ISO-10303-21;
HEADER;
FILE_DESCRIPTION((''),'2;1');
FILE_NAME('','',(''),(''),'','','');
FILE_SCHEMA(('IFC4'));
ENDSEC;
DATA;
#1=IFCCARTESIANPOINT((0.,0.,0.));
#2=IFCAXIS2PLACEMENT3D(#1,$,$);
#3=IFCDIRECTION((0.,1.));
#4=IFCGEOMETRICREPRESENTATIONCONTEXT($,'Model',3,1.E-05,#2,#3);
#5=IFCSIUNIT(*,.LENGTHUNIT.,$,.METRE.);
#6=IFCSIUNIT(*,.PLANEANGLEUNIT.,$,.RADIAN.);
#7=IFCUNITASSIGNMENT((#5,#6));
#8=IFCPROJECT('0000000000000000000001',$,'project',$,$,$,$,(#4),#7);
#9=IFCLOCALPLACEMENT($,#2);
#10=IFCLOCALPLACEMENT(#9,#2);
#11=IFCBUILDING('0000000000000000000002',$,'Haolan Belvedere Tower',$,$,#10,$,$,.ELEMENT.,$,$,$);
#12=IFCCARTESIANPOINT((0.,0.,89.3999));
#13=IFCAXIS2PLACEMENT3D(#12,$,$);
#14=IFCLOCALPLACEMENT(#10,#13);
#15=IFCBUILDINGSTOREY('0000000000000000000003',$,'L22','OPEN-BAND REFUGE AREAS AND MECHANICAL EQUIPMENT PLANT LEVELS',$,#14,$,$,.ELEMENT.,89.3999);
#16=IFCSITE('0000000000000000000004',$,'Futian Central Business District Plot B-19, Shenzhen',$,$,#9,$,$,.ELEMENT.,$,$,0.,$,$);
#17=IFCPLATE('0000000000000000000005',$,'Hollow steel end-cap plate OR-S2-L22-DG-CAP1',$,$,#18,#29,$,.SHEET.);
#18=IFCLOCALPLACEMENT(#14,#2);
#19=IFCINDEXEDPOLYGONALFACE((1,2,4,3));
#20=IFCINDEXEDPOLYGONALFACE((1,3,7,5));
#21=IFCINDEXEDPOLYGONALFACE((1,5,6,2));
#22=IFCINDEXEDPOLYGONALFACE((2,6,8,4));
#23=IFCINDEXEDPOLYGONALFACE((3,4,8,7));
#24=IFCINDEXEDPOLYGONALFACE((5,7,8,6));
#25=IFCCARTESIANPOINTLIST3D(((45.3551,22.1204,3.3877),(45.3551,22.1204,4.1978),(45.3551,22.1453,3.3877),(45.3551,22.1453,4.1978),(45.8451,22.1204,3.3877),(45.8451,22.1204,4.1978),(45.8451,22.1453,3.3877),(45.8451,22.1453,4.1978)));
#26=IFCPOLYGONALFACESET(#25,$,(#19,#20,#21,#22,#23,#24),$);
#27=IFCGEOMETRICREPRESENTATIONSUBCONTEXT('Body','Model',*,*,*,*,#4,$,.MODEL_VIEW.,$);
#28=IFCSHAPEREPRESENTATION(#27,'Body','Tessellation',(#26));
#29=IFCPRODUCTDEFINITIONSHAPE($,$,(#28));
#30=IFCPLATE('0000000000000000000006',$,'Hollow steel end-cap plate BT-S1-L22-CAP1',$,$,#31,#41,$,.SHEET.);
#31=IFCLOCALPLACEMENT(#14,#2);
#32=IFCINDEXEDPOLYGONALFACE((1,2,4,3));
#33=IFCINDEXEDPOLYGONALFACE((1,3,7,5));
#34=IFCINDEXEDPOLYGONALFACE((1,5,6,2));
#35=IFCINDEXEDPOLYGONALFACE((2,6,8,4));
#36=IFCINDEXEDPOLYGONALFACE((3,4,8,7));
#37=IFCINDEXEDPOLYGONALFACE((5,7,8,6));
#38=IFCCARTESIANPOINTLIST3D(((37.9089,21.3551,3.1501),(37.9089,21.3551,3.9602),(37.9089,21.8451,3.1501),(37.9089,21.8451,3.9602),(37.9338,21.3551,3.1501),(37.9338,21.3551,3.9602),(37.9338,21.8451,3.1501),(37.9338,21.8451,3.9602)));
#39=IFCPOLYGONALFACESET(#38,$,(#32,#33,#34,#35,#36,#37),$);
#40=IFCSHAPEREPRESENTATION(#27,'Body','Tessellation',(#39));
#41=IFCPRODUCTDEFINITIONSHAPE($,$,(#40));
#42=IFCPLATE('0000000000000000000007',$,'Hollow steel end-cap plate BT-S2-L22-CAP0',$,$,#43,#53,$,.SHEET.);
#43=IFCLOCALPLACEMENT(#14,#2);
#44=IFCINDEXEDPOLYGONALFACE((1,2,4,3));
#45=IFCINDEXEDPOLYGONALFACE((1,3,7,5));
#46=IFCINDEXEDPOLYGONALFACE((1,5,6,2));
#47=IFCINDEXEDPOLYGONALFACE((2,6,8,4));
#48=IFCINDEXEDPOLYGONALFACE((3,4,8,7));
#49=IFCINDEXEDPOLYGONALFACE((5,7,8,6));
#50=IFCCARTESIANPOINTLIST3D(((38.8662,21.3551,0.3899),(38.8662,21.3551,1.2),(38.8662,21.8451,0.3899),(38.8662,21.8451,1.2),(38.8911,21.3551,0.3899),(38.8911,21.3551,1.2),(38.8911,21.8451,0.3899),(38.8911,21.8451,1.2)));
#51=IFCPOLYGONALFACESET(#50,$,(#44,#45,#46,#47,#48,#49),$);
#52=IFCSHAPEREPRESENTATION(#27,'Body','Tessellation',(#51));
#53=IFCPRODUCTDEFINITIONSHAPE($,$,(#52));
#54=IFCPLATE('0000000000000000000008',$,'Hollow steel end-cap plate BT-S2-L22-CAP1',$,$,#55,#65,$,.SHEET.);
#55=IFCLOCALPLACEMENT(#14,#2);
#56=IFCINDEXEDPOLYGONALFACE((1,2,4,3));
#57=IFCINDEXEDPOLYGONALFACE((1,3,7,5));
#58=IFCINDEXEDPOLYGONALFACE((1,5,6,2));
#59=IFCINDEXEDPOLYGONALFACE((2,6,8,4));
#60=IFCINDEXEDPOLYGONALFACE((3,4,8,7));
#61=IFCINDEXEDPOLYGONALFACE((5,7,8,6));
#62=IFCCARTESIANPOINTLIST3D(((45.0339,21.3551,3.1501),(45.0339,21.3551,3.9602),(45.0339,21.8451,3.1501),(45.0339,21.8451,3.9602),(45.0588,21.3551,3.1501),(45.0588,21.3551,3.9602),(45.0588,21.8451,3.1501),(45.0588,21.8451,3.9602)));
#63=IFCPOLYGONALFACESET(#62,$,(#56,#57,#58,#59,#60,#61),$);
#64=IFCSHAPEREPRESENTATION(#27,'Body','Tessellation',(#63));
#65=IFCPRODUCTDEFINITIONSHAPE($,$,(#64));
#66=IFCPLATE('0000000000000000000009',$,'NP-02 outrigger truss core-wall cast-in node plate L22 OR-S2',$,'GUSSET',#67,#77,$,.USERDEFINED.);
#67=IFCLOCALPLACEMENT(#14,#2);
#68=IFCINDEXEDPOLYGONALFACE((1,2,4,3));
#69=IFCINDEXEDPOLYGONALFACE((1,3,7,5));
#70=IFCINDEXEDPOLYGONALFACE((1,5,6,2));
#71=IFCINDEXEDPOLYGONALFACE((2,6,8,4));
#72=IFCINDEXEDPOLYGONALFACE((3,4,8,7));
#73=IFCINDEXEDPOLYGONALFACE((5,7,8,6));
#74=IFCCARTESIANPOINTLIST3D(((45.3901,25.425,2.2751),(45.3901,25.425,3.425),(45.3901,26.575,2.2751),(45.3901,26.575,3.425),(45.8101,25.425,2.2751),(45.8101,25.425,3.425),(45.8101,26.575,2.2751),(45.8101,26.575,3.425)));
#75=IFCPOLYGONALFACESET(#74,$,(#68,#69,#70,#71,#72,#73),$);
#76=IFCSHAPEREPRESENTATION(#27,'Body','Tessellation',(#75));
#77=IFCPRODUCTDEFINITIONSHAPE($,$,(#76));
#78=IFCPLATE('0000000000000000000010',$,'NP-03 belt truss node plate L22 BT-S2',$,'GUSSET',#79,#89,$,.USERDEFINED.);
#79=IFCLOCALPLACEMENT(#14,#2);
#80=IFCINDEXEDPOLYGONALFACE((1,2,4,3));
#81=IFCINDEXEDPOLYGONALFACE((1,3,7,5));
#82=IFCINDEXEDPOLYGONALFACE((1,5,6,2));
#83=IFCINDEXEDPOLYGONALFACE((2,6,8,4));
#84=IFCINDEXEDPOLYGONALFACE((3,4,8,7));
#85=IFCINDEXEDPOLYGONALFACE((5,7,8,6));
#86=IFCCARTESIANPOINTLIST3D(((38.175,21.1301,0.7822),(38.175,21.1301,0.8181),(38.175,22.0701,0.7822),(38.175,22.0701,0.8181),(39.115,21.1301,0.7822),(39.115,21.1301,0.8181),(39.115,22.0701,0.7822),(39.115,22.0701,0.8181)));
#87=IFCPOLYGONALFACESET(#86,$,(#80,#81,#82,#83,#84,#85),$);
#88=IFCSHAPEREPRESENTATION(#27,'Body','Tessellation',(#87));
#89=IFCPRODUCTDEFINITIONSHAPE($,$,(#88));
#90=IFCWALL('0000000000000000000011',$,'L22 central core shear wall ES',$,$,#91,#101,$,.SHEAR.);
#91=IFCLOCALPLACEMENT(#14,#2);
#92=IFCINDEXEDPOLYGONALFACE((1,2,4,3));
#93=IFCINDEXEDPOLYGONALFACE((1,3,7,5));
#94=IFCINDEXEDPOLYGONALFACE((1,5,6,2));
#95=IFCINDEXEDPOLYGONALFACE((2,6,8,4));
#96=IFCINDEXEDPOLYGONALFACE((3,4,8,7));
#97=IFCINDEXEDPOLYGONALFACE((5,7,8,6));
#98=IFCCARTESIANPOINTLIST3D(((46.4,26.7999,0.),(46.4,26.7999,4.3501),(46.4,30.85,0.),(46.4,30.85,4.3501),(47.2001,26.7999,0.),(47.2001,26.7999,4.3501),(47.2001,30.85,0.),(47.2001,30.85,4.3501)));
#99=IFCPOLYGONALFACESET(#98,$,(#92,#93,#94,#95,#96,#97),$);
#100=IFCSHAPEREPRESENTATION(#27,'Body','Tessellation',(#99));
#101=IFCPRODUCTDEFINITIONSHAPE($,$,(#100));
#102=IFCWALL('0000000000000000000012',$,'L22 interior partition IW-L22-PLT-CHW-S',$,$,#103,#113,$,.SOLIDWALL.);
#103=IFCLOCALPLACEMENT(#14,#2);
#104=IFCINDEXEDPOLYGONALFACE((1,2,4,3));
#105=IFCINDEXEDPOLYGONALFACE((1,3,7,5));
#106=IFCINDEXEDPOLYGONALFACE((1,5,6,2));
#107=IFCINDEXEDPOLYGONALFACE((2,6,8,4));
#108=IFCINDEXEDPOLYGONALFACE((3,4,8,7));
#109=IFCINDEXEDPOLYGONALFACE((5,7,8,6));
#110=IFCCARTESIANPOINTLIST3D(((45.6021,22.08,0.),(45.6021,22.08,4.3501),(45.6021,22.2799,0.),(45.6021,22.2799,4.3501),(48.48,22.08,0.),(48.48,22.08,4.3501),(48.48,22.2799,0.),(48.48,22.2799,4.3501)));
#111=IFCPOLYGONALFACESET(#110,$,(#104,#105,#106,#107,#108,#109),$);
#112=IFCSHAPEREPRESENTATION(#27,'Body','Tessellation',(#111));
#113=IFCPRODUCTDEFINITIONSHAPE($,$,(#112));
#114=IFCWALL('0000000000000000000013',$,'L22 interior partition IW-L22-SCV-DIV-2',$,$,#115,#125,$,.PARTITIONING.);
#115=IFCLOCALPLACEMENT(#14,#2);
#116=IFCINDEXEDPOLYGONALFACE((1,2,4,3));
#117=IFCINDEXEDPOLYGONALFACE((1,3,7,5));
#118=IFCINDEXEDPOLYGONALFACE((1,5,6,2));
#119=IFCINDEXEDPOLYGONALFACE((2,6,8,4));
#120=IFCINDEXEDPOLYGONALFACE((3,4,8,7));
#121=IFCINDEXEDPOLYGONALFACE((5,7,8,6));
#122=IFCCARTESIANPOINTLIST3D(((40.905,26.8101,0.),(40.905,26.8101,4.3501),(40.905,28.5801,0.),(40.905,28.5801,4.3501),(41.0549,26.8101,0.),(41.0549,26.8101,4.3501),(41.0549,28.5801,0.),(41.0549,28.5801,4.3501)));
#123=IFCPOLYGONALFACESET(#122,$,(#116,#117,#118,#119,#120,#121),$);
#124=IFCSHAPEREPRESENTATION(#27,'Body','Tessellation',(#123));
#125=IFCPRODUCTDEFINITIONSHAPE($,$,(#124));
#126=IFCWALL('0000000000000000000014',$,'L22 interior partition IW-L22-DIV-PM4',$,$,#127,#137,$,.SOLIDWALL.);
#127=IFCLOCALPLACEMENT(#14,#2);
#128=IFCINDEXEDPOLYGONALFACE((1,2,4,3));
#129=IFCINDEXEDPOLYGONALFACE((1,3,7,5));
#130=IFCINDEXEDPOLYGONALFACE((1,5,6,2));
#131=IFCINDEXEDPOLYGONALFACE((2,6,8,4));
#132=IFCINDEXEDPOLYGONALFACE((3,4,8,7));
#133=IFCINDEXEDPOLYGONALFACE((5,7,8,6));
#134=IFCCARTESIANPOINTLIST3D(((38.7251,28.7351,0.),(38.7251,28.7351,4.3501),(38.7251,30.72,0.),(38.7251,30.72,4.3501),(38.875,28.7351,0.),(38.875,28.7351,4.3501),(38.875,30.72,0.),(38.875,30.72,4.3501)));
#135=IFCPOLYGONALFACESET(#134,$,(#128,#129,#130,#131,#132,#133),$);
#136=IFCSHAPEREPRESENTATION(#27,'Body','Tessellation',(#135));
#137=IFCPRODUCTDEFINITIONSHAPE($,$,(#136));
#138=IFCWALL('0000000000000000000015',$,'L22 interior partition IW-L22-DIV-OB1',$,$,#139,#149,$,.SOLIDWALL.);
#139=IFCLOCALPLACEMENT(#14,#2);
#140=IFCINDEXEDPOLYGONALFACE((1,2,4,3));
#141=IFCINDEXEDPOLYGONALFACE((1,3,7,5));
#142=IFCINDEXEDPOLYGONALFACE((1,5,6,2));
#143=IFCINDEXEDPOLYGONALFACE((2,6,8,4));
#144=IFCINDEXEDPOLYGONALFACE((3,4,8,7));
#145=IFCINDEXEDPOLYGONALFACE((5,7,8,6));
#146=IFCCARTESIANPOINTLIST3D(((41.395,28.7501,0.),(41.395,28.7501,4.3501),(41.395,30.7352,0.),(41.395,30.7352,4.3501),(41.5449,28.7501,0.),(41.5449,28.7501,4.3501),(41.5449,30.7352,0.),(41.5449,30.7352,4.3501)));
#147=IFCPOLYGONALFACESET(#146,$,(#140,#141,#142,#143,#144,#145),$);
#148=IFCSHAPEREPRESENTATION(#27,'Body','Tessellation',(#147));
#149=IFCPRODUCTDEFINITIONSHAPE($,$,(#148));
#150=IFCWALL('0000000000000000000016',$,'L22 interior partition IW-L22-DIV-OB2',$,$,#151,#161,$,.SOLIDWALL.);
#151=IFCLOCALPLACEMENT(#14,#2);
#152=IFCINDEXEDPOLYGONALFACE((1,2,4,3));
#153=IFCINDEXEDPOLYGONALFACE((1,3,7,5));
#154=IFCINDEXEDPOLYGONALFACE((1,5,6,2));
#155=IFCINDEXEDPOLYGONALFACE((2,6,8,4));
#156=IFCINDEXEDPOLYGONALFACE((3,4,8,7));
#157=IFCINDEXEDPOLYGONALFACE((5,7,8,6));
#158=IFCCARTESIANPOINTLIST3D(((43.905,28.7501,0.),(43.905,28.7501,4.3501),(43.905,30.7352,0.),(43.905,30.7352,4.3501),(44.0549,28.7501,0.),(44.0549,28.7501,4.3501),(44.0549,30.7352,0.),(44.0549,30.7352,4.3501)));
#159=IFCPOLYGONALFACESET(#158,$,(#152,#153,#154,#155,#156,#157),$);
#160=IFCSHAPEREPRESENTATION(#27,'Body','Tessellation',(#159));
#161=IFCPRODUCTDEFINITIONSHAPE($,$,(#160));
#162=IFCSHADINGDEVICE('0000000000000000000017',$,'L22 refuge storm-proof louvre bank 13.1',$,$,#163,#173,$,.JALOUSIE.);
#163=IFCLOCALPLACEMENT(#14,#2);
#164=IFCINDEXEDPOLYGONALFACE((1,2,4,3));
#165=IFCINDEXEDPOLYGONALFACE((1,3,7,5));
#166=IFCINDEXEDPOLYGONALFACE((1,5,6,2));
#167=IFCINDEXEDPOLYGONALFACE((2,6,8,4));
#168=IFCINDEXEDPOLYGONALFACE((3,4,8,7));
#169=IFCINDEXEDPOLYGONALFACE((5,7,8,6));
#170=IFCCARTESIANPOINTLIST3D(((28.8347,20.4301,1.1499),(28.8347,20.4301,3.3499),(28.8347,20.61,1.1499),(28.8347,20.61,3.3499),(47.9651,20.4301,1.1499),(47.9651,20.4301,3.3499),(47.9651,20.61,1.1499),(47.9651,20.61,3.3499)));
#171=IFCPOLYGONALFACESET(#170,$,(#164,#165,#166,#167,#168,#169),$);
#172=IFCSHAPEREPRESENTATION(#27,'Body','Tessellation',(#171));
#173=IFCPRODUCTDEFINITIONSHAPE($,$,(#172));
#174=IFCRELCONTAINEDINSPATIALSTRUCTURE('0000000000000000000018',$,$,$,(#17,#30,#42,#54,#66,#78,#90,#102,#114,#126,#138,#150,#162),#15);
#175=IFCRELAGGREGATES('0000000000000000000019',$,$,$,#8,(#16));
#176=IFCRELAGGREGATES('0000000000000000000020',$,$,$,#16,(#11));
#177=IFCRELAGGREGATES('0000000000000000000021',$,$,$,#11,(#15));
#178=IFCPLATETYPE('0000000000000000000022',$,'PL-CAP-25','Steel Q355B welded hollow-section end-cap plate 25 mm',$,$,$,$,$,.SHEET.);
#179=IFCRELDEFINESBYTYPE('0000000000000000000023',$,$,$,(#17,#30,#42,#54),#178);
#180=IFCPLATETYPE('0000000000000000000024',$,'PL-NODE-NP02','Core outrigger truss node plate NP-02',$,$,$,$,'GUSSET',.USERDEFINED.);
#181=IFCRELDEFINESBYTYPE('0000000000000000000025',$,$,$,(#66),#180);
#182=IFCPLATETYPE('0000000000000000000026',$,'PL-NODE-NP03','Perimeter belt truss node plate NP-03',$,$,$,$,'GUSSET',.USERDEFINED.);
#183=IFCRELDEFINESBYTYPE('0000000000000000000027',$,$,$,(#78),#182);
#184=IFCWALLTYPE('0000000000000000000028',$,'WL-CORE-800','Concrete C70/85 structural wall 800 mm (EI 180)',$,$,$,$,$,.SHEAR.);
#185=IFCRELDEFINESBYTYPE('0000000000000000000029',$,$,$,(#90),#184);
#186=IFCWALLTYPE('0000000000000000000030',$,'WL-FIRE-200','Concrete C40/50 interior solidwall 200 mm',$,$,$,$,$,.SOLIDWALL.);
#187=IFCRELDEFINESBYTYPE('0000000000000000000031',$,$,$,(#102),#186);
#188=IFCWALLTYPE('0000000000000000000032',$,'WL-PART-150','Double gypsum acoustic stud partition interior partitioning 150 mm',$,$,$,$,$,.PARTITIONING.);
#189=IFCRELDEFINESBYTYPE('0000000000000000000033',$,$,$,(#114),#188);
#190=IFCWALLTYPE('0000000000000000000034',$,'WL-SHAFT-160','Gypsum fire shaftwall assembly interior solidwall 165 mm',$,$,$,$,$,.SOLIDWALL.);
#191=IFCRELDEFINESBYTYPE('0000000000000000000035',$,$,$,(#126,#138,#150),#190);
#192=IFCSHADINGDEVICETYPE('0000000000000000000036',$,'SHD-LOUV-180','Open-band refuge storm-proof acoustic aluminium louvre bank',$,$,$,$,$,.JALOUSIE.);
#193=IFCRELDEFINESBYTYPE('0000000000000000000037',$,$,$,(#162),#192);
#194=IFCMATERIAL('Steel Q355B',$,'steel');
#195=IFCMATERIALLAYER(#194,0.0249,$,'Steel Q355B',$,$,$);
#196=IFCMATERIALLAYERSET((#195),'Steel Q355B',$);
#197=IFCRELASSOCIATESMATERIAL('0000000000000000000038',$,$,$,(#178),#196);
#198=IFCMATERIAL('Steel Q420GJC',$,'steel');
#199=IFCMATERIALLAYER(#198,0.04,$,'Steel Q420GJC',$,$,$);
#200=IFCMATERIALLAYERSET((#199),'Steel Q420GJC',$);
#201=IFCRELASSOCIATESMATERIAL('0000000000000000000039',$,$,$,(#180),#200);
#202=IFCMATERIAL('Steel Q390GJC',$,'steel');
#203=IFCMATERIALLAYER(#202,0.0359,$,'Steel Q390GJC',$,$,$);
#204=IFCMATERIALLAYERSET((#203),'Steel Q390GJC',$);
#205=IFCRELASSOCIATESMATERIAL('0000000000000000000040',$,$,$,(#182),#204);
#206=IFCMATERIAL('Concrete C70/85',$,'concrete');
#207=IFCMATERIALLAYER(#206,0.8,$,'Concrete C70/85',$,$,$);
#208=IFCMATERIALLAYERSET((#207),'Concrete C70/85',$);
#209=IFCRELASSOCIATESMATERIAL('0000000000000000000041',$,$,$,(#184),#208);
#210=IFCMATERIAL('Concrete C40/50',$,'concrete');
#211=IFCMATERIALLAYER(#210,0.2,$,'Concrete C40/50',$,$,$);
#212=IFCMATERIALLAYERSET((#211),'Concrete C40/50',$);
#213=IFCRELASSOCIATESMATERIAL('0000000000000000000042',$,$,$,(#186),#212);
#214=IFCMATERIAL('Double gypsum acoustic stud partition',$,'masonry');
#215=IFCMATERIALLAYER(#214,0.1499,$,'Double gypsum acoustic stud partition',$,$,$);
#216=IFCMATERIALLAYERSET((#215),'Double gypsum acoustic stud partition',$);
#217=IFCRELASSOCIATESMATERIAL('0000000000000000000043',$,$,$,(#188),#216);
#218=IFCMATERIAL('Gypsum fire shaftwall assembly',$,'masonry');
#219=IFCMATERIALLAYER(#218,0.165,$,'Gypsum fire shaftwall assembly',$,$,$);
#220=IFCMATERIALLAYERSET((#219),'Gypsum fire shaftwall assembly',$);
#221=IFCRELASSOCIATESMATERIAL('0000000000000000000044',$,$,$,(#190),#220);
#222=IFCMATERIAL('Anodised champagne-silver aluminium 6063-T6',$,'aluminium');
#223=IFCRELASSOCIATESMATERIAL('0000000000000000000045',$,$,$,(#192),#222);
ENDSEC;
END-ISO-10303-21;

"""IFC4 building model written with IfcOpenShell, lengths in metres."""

from ifc_helpers import new_model, si_unit, direction, frame, frame_2d, origin, origin_2d, place, context, subcontext, project, spatial, rectangle, extrude, material, layer, layer_set, type_object, element, save


model = new_model("IFC4")

# Units and contexts
model_context = context("Model", 3, precision=1e-05, world=origin(), true_north=direction((0.0, 1.0)))
body_context = subcontext(model_context, "Body", "Model", "MODEL_VIEW")
ifc_project = project(units=[si_unit("LENGTHUNIT", "METRE"), si_unit("PLANEANGLEUNIT", "RADIAN")], contexts=[model_context])

# Site, building, storey
site_placement = place(None, origin())
site = spatial("IfcSite", under=ifc_project, at=site_placement, Name="Futian Central Business District Plot B-19, Shenzhen", CompositionType="ELEMENT", RefElevation=0.0)
building_placement = place(site_placement, origin())
building = spatial("IfcBuilding", under=site, at=building_placement, Name="Haolan Belvedere Tower", CompositionType="ELEMENT")
storey_placement = place(building_placement, frame((0.0, 0.0, 89.3999)))
storey = spatial("IfcBuildingStorey", under=building, at=storey_placement, Name="L22", Description="OPEN-BAND REFUGE AREAS AND MECHANICAL EQUIPMENT PLANT LEVELS", CompositionType="ELEMENT", Elevation=89.3999)

# Shared definitions
ifc_material_1 = material(Name="Steel Q420GJC", Category="steel")
ifc_material_2 = material(Name="Steel Q355B", Category="steel")

# Shared definitions
ifc_material_3 = material(Name="Steel Q390GJC", Category="steel")

# Plates
ifc_layer_1 = layer(ifc_material_2, 0.0249, Name="Steel Q355B")
ifc_layer_set_1 = layer_set([ifc_layer_1], Name="Steel Q355B")
plate_type_1 = type_object("IfcPlateType", Name="PL-CAP-25", Description="Steel Q355B welded hollow-section end-cap plate 25 mm", PredefinedType="SHEET", material=ifc_layer_set_1)
for number, where, z_axis, x_axis, name in (
    (1, (45.6001, 22.1328, 3.3877), (0.0, 0.0, 1.0), (1.0, 0.0, 0.0), "Hollow steel end-cap plate OR-S2-L22-DG-CAP1"),
    (2, (37.9214, 21.6001, 3.1501), (0.0, 0.0, 1.0), (0.0, 1.0, 0.0), "Hollow steel end-cap plate BT-S1-L22-CAP1"),
    (3, (38.8787, 21.6001, 0.3899), (0.0, 0.0, 1.0), (0.0, -1.0, 0.0), "Hollow steel end-cap plate BT-S2-L22-CAP0"),
    (4, (45.0464, 21.6001, 3.1501), (0.0, 0.0, 1.0), (0.0, 1.0, 0.0), "Hollow steel end-cap plate BT-S2-L22-CAP1"),
):
    element("IfcPlate", number, at=place(storey_placement, frame(where, z_axis=z_axis, x_axis=x_axis)), inside=storey, type_object=plate_type_1, Name=name, PredefinedType="SHEET", context=body_context, shape_type="SweptSolid", body=[
        extrude(rectangle(XDim=0.49, YDim=0.0249, at=origin_2d()), origin(), (0.0, 0.0, 1.0), 0.8101),
    ])
ifc_layer_2 = layer(ifc_material_1, 0.04, Name="Steel Q420GJC")
ifc_layer_set_2 = layer_set([ifc_layer_2], Name="Steel Q420GJC")
plate_type_2 = type_object("IfcPlateType", Name="PL-NODE-NP02", Description="Core outrigger truss node plate NP-02", ElementType="GUSSET", PredefinedType="USERDEFINED", material=ifc_layer_set_2)
plate_1_placement = place(storey_placement, frame((45.6001, 26.0, 2.2751), z_axis=(0.0, 0.0, 1.0), x_axis=(1.0, 0.0, 0.0)))
element("IfcPlate", 5, at=plate_1_placement, inside=storey, type_object=plate_type_2, Name="NP-02 outrigger truss core-wall cast-in node plate L22 OR-S2", ObjectType="GUSSET", PredefinedType="USERDEFINED", context=body_context, shape_type="SweptSolid", body=[
    extrude(rectangle(XDim=0.4199, YDim=1.1499, at=origin_2d()), origin(), (0.0, 0.0, 1.0), 1.1499),
])
ifc_layer_3 = layer(ifc_material_3, 0.0359, Name="Steel Q390GJC")
ifc_layer_set_3 = layer_set([ifc_layer_3], Name="Steel Q390GJC")
plate_type_3 = type_object("IfcPlateType", Name="PL-NODE-NP03", Description="Perimeter belt truss node plate NP-03", ElementType="GUSSET", PredefinedType="USERDEFINED", material=ifc_layer_set_3)
plate_2_placement = place(storey_placement, frame((38.645, 21.6001, 0.7822), z_axis=(0.0, 0.0, 1.0), x_axis=(1.0, 0.0, 0.0)))
element("IfcPlate", 6, at=plate_2_placement, inside=storey, type_object=plate_type_3, Name="NP-03 belt truss node plate L22 BT-S2", ObjectType="GUSSET", PredefinedType="USERDEFINED", context=body_context, shape_type="SweptSolid", body=[
    extrude(rectangle(XDim=0.9399, YDim=0.9399, at=origin_2d()), origin(), (0.0, 0.0, 1.0), 0.0359),
])

# Walls
ifc_material_4 = material(Name="Concrete C70/85", Category="concrete")
ifc_layer_4 = layer(ifc_material_4, 0.8, Name="Concrete C70/85")
ifc_layer_set_4 = layer_set([ifc_layer_4], Name="Concrete C70/85")
wall_type_1 = type_object("IfcWallType", Name="WL-CORE-800", Description="Concrete C70/85 structural wall 800 mm (EI 180)", PredefinedType="SHEAR", material=ifc_layer_set_4)
wall_1_placement = place(storey_placement, frame((46.8, 26.8, 0.0), z_axis=(0.0, 0.0, 1.0), x_axis=(0.0, 1.0, 0.0)))
element("IfcWall", 7, at=wall_1_placement, inside=storey, type_object=wall_type_1, Name="L22 central core shear wall ES", PredefinedType="SHEAR", context=body_context, shape_type="SweptSolid", body=[
    extrude(rectangle(XDim=4.05, YDim=0.8, at=frame_2d((2.0249, 0.0))), origin(), (0.0, 0.0, 1.0), 4.3501),
])
ifc_material_5 = material(Name="Concrete C40/50", Category="concrete")
ifc_layer_5 = layer(ifc_material_5, 0.2, Name="Concrete C40/50")
ifc_layer_set_5 = layer_set([ifc_layer_5], Name="Concrete C40/50")
wall_type_2 = type_object("IfcWallType", Name="WL-FIRE-200", Description="Concrete C40/50 interior solidwall 200 mm", PredefinedType="SOLIDWALL", material=ifc_layer_set_5)
wall_2_placement = place(storey_placement, frame((45.6021, 22.1799, 0.0), z_axis=(0.0, 0.0, 1.0), x_axis=(1.0, 0.0, 0.0)))
element("IfcWall", 8, at=wall_2_placement, inside=storey, type_object=wall_type_2, Name="L22 interior partition IW-L22-PLT-CHW-S", PredefinedType="SOLIDWALL", context=body_context, shape_type="SweptSolid", body=[
    extrude(rectangle(XDim=2.8779, YDim=0.2, at=frame_2d((1.439, 0.0))), origin(), (0.0, 0.0, 1.0), 4.3501),
])
ifc_material_6 = material(Name="Double gypsum acoustic stud partition", Category="masonry")
ifc_layer_6 = layer(ifc_material_6, 0.1499, Name="Double gypsum acoustic stud partition")
ifc_layer_set_6 = layer_set([ifc_layer_6], Name="Double gypsum acoustic stud partition")
wall_type_3 = type_object("IfcWallType", Name="WL-PART-150", Description="Double gypsum acoustic stud partition interior partitioning 150 mm", PredefinedType="PARTITIONING", material=ifc_layer_set_6)
wall_3_placement = place(storey_placement, frame((40.98, 26.8101, 0.0), z_axis=(0.0, 0.0, 1.0), x_axis=(0.0, 1.0, 0.0)))
element("IfcWall", 9, at=wall_3_placement, inside=storey, type_object=wall_type_3, Name="L22 interior partition IW-L22-SCV-DIV-2", PredefinedType="PARTITIONING", context=body_context, shape_type="SweptSolid", body=[
    extrude(rectangle(XDim=1.77, YDim=0.1499, at=frame_2d((0.885, 0.0))), origin(), (0.0, 0.0, 1.0), 4.3501),
])
ifc_material_7 = material(Name="Gypsum fire shaftwall assembly", Category="masonry")
ifc_layer_7 = layer(ifc_material_7, 0.165, Name="Gypsum fire shaftwall assembly")
ifc_layer_set_7 = layer_set([ifc_layer_7], Name="Gypsum fire shaftwall assembly")
wall_type_4 = type_object("IfcWallType", Name="WL-SHAFT-160", Description="Gypsum fire shaftwall assembly interior solidwall 165 mm", PredefinedType="SOLIDWALL", material=ifc_layer_set_7)
wall_4_placement = place(storey_placement, frame((38.8, 28.7351, 0.0), z_axis=(0.0, 0.0, 1.0), x_axis=(0.0, 1.0, 0.0)))
element("IfcWall", 10, at=wall_4_placement, inside=storey, type_object=wall_type_4, Name="L22 interior partition IW-L22-DIV-PM4", PredefinedType="SOLIDWALL", context=body_context, shape_type="SweptSolid", body=[
    extrude(rectangle(XDim=1.9849, YDim=0.1499, at=frame_2d((0.9924, 0.0))), origin(), (0.0, 0.0, 1.0), 4.3501),
])
for number, where, z_axis, x_axis, name in (
    (11, (41.47, 28.75, 0.0), (0.0, 0.0, 1.0), (0.0, 1.0, 0.0), "L22 interior partition IW-L22-DIV-OB1"),
    (12, (43.98, 28.75, 0.0), (0.0, 0.0, 1.0), (0.0, 1.0, 0.0), "L22 interior partition IW-L22-DIV-OB2"),
):
    element("IfcWall", number, at=place(storey_placement, frame(where, z_axis=z_axis, x_axis=x_axis)), inside=storey, type_object=wall_type_4, Name=name, PredefinedType="SOLIDWALL", context=body_context, shape_type="SweptSolid", body=[
        extrude(rectangle(XDim=1.9851, YDim=0.1499, at=frame_2d((0.9927, 0.0))), origin(), (0.0, 0.0, 1.0), 4.3501),
    ])

# Shading device
ifc_material_8 = material(Name="Anodised champagne-silver aluminium 6063-T6", Category="aluminium")
shading_device_type = type_object("IfcShadingDeviceType", Name="SHD-LOUV-180", Description="Open-band refuge storm-proof acoustic aluminium louvre bank", PredefinedType="JALOUSIE", material=ifc_material_8)
shading_device_placement = place(storey_placement, frame((38.3999, 20.52, 1.1499), z_axis=(0.0, 0.0, 1.0), x_axis=(1.0, 0.0, 0.0)))
element("IfcShadingDevice", 13, at=shading_device_placement, inside=storey, type_object=shading_device_type, Name="L22 refuge storm-proof louvre bank 13.1", PredefinedType="JALOUSIE", context=body_context, shape_type="SweptSolid", body=[
    extrude(rectangle(XDim=19.1304, YDim=0.1799, at=origin_2d()), origin(), (0.0, 0.0, 1.0), 2.2),
])

save(model, "model.ifc")
